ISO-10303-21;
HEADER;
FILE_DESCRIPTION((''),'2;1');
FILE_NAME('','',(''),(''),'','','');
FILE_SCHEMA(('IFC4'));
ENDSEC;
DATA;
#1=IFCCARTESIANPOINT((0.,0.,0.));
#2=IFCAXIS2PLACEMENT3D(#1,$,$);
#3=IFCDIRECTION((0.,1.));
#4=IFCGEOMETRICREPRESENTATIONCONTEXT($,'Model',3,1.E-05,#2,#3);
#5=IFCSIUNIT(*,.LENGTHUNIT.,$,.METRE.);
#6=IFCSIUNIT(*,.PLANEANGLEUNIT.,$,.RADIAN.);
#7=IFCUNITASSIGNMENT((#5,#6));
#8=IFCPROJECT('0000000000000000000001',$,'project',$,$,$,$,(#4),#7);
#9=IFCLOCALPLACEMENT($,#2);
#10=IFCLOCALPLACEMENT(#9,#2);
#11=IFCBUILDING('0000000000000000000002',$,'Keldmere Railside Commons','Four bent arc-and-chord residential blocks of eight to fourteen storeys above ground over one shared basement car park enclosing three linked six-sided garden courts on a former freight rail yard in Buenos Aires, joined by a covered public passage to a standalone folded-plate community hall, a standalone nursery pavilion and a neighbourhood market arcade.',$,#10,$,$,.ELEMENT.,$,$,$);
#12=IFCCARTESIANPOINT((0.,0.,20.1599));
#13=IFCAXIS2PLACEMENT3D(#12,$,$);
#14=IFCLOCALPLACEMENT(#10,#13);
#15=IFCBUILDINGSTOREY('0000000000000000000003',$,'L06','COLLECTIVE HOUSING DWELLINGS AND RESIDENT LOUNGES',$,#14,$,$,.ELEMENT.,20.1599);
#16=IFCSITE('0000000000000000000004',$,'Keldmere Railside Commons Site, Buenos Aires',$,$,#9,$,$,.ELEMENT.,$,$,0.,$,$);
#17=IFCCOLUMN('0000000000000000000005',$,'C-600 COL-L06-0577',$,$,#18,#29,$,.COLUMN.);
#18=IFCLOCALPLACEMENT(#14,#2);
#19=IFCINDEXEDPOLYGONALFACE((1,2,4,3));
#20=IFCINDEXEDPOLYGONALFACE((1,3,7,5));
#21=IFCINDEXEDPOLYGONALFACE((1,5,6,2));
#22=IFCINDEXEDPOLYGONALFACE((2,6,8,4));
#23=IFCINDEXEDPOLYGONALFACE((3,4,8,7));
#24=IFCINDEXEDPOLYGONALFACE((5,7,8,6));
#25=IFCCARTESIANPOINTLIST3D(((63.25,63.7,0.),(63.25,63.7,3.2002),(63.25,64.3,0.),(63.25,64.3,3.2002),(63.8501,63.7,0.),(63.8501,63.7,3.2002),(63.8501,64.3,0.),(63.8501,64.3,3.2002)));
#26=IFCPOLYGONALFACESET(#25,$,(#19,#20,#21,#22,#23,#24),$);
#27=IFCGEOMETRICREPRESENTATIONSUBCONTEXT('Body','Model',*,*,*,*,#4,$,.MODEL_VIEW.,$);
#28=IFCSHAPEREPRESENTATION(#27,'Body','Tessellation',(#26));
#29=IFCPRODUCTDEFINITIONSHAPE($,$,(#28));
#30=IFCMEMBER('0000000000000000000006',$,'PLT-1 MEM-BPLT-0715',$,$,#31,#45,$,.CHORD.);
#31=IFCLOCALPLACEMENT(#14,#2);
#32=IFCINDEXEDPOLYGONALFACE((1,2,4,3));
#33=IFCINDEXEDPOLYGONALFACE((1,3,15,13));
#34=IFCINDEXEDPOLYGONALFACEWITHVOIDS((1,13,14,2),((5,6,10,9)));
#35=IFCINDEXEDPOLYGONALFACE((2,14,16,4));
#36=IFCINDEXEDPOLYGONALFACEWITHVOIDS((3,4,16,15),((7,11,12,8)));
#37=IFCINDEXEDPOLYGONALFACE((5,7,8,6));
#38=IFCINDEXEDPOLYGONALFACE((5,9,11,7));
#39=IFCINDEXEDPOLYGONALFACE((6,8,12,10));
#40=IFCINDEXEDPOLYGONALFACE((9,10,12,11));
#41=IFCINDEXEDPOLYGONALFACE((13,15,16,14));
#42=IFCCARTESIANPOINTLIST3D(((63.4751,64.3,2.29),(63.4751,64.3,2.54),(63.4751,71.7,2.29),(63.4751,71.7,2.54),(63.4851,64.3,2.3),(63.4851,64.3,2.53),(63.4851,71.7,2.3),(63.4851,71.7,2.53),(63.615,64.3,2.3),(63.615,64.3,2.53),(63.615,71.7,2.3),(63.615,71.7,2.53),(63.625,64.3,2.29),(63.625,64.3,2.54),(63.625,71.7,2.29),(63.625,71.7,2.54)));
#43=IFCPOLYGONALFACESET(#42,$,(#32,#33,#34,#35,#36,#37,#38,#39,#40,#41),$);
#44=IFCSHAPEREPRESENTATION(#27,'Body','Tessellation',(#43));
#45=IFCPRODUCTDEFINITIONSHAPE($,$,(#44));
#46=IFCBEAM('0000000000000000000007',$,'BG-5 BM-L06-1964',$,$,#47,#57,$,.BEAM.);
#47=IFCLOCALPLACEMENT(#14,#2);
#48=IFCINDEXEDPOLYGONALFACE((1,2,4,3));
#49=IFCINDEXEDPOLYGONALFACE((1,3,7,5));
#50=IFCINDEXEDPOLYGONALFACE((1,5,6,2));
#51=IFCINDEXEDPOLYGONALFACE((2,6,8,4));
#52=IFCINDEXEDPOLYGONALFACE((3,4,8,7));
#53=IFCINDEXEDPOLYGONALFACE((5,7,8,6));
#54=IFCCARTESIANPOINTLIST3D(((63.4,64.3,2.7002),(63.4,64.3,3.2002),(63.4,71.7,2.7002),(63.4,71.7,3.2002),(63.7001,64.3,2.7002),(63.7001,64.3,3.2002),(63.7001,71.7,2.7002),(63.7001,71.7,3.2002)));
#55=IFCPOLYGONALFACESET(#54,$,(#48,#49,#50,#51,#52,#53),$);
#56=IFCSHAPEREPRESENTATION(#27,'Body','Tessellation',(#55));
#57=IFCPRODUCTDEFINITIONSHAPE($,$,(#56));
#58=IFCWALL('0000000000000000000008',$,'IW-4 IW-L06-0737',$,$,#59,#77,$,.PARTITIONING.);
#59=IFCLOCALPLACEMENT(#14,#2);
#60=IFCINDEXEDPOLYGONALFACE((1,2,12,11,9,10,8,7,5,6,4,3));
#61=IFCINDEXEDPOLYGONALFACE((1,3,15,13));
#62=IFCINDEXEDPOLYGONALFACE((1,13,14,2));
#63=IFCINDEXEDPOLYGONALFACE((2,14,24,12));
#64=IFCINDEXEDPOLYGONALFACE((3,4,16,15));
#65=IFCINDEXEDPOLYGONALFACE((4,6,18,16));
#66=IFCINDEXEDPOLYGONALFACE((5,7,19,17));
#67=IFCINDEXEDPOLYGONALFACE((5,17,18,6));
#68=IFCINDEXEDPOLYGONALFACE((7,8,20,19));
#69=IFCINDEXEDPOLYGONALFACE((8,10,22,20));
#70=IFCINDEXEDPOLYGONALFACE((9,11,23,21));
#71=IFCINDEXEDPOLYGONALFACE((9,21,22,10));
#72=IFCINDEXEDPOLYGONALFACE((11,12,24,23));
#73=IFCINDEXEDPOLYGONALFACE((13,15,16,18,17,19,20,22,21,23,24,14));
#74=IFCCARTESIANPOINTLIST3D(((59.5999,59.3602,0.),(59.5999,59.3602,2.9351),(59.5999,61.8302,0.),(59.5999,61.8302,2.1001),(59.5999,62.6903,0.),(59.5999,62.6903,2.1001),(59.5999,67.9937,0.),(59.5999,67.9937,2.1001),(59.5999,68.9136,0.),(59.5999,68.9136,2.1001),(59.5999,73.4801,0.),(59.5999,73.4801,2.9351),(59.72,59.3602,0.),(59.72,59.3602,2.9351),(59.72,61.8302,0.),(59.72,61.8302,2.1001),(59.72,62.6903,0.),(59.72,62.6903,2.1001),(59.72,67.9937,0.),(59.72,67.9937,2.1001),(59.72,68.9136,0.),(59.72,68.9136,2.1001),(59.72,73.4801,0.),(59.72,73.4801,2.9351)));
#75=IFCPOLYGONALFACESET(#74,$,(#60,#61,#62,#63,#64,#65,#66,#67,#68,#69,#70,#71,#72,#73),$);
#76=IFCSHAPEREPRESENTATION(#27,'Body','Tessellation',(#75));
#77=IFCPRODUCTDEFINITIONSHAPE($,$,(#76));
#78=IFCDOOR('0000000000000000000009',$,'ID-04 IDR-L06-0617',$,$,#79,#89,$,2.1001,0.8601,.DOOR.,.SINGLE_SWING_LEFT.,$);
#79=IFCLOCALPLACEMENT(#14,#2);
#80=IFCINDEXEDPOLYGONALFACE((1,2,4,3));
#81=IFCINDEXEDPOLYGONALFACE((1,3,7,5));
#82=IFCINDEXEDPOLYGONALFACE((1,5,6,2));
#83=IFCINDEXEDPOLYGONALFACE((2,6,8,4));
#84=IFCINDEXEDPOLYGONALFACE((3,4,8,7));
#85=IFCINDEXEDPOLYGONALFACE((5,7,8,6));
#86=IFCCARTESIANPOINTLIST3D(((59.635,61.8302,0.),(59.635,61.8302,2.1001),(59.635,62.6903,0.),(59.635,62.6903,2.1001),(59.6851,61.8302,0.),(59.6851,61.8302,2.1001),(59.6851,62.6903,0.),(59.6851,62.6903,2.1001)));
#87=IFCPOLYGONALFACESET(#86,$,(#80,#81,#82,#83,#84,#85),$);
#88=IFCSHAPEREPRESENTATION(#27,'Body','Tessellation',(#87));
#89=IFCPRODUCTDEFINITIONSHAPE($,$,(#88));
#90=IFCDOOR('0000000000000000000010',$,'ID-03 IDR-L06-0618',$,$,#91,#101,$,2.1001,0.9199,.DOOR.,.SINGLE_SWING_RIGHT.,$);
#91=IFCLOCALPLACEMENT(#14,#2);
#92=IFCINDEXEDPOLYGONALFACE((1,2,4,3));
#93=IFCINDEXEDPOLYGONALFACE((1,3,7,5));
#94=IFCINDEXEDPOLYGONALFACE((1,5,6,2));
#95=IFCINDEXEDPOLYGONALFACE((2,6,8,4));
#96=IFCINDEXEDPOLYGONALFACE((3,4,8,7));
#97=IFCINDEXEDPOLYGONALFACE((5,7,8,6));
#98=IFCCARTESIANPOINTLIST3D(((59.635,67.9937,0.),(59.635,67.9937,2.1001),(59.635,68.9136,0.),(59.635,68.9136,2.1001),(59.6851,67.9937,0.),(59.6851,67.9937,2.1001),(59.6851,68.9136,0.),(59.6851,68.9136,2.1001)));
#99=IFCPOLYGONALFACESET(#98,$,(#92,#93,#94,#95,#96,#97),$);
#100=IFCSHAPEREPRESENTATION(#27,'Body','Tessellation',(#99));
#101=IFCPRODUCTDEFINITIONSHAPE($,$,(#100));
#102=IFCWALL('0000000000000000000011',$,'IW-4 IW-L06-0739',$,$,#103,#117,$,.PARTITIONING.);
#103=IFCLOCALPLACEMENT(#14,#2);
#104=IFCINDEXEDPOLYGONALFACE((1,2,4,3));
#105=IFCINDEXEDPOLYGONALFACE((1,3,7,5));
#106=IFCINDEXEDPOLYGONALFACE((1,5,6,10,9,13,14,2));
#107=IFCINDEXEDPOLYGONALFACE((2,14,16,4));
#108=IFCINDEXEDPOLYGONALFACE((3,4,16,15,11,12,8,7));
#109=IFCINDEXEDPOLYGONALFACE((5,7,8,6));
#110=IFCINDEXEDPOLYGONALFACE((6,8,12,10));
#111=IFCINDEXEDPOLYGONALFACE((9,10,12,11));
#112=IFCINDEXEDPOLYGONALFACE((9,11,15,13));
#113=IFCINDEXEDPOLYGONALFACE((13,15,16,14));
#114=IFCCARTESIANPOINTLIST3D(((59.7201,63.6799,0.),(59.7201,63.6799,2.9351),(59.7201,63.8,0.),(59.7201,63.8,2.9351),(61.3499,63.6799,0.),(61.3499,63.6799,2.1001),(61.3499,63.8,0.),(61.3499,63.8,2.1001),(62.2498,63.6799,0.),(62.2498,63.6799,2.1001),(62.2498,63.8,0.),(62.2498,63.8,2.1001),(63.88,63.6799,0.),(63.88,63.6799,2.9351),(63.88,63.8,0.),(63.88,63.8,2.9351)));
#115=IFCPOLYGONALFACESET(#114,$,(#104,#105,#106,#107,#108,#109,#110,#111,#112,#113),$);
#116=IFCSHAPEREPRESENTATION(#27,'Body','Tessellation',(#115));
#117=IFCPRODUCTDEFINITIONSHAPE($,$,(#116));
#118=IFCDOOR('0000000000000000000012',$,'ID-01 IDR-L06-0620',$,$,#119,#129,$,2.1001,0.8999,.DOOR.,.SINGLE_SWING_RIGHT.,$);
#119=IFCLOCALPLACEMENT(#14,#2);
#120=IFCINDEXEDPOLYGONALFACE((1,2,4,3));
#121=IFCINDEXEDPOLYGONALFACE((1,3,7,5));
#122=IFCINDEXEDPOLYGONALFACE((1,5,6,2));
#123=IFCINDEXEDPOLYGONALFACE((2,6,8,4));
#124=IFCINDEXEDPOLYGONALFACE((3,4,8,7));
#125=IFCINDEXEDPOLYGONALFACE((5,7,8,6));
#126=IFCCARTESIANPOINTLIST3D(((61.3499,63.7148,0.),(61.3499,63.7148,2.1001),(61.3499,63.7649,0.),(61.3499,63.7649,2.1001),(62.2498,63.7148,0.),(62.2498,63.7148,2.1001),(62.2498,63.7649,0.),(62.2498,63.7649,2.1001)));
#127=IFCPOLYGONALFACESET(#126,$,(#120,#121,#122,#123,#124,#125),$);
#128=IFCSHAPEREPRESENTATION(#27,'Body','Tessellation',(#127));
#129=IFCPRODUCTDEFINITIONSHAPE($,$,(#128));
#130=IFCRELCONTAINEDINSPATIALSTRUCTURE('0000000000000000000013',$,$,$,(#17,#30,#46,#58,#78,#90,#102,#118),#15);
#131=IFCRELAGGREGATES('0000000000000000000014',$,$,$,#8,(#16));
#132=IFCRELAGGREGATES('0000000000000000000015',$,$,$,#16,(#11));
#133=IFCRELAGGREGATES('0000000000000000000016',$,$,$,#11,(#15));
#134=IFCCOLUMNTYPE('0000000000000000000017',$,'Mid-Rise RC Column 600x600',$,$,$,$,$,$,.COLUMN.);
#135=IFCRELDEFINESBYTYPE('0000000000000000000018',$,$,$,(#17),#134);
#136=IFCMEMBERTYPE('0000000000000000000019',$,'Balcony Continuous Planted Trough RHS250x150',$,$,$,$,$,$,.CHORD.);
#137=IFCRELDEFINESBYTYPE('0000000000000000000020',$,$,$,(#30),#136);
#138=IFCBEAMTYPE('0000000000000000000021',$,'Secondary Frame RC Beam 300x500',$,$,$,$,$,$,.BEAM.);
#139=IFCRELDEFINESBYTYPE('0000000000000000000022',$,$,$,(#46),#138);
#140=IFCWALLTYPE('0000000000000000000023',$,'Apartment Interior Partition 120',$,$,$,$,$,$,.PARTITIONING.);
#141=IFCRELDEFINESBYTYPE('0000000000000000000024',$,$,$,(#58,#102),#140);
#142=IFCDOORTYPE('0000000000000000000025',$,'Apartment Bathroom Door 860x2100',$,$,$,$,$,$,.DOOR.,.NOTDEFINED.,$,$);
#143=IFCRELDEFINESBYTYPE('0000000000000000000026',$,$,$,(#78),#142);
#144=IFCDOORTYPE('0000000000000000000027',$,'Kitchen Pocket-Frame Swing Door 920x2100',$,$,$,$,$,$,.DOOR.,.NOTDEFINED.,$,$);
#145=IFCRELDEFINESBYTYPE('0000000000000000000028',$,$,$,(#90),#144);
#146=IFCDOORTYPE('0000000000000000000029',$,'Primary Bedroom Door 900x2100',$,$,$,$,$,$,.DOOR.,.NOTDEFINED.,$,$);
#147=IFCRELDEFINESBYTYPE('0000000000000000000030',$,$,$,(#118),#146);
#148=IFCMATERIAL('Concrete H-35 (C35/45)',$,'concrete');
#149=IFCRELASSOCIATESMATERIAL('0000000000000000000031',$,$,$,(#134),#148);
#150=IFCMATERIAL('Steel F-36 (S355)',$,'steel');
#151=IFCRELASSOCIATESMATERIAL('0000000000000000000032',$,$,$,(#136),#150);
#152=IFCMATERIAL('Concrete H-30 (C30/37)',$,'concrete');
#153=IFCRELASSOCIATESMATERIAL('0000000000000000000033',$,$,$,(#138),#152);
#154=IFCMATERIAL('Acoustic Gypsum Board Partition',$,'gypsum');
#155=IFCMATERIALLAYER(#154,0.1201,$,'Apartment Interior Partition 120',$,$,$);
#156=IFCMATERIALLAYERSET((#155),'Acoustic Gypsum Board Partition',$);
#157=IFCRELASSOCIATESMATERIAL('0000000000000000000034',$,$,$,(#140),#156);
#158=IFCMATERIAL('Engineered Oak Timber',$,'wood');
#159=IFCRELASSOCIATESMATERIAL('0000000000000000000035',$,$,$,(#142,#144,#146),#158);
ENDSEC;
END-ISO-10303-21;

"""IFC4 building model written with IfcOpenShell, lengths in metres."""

from ifc_helpers import new_model, si_unit, direction, frame, frame_2d, origin, origin_2d, place, context, subcontext, project, spatial, rectangle, hollow_rectangle, extrude, material, layer, layer_set, material_profile, profile_set, type_object, element, fill, save


model = new_model("IFC4")

# Units and contexts
model_context = context("Model", 3, precision=1e-05, world=origin(), true_north=direction((0.0, 1.0)))
body_context = subcontext(model_context, "Body", "Model", "MODEL_VIEW")
ifc_project = project(units=[si_unit("LENGTHUNIT", "METRE"), si_unit("PLANEANGLEUNIT", "RADIAN")], contexts=[model_context])

# Site, building, storey
site_placement = place(None, origin())
site = spatial("IfcSite", under=ifc_project, at=site_placement, Name="Keldmere Railside Commons Site, Buenos Aires", CompositionType="ELEMENT", RefElevation=0.0)
building_placement = place(site_placement, origin())
building = spatial("IfcBuilding", under=site, at=building_placement, Name="Keldmere Railside Commons", Description="Four bent arc-and-chord residential blocks of eight to fourteen storeys above ground over one shared basement car park enclosing three linked six-sided garden courts on a former freight rail yard in Buenos Aires, joined by a covered public passage to a standalone folded-plate community hall, a standalone nursery pavilion and a neighbourhood market arcade.", CompositionType="ELEMENT")
storey_placement = place(building_placement, frame((0.0, 0.0, 20.1599)))
storey = spatial("IfcBuildingStorey", under=building, at=storey_placement, Name="L06", Description="COLLECTIVE HOUSING DWELLINGS AND RESIDENT LOUNGES", CompositionType="ELEMENT", Elevation=20.1599)

# Column
ifc_material_1 = material(Name="Concrete H-35 (C35/45)", Category="concrete")
ifc_material_profile_1 = material_profile(ifc_material_1, rectangle(XDim=0.6001, YDim=0.6001, at=origin_2d()), Name="RC-600x600")
ifc_profile_set_1 = profile_set([ifc_material_profile_1], Name="Concrete H-35 (C35/45)")
column_type = type_object("IfcColumnType", Name="Mid-Rise RC Column 600x600", PredefinedType="COLUMN", material=ifc_profile_set_1)
column_placement = place(storey_placement, frame((63.55, 64.0, 0.0), z_axis=(0.0, 0.0, 1.0), x_axis=(1.0, 0.0, 0.0)))
element("IfcColumn", 1, at=column_placement, inside=storey, type_object=column_type, Name="C-600 COL-L06-0577", PredefinedType="COLUMN", context=body_context, shape_type="SweptSolid", body=[
    extrude(rectangle(XDim=0.6001, YDim=0.6001, at=origin_2d()), origin(), (0.0, 0.0, 1.0), 3.2002),
])

# Member
ifc_material_2 = material(Name="Steel F-36 (S355)", Category="steel")
ifc_material_profile_2 = material_profile(ifc_material_2, hollow_rectangle(XDim=0.1499, YDim=0.25, WallThickness=0.01, at=origin_2d()), Name="RHS-250x150x10")
ifc_profile_set_2 = profile_set([ifc_material_profile_2], Name="Steel F-36 (S355)")
member_type = type_object("IfcMemberType", Name="Balcony Continuous Planted Trough RHS250x150", PredefinedType="CHORD", material=ifc_profile_set_2)
member_placement = place(storey_placement, frame((63.55, 64.3, 2.415), z_axis=(0.0, 1.0, 0.0), x_axis=(-1.0, 0.0, 0.0)))
element("IfcMember", 2, at=member_placement, inside=storey, type_object=member_type, Name="PLT-1 MEM-BPLT-0715", PredefinedType="CHORD", context=body_context, shape_type="SweptSolid", body=[
    extrude(hollow_rectangle(XDim=0.1499, YDim=0.25, WallThickness=0.01, at=origin_2d()), origin(), (0.0, 0.0, 1.0), 7.3999),
])

# Beam
ifc_material_3 = material(Name="Concrete H-30 (C30/37)", Category="concrete")
ifc_material_profile_3 = material_profile(ifc_material_3, rectangle(XDim=0.3, YDim=0.5, at=origin_2d()), Name="RC-300x500")
ifc_profile_set_3 = profile_set([ifc_material_profile_3], Name="Concrete H-30 (C30/37)")
beam_type = type_object("IfcBeamType", Name="Secondary Frame RC Beam 300x500", PredefinedType="BEAM", material=ifc_profile_set_3)
beam_placement = place(storey_placement, frame((63.55, 64.3, 2.9502), z_axis=(0.0, 1.0, 0.0), x_axis=(-1.0, 0.0, 0.0)))
element("IfcBeam", 3, at=beam_placement, inside=storey, type_object=beam_type, Name="BG-5 BM-L06-1964", PredefinedType="BEAM", context=body_context, shape_type="SweptSolid", body=[
    extrude(rectangle(XDim=0.3, YDim=0.5, at=origin_2d()), origin(), (0.0, 0.0, 1.0), 7.3999),
])

# Wall, openings, doors
ifc_material_4 = material(Name="Acoustic Gypsum Board Partition", Category="gypsum")
ifc_layer_1 = layer(ifc_material_4, 0.1201, Name="Apartment Interior Partition 120")
ifc_layer_set_1 = layer_set([ifc_layer_1], Name="Acoustic Gypsum Board Partition")
wall_type_1 = type_object("IfcWallType", Name="Apartment Interior Partition 120", PredefinedType="PARTITIONING", material=ifc_layer_set_1)
wall_1_placement = place(storey_placement, frame((59.6599, 59.3601, 0.0), z_axis=(0.0, 0.0, 1.0), x_axis=(0.0, 1.0, 0.0)))
wall_1 = element("IfcWall", 4, at=wall_1_placement, inside=storey, type_object=wall_type_1, Name="IW-4 IW-L06-0737", PredefinedType="PARTITIONING", context=body_context, shape_type="SweptSolid", body=[
    extrude(rectangle(XDim=14.1199, YDim=0.1201, at=frame_2d((7.0601, 0.0))), origin(), (0.0, 0.0, 1.0), 2.9351),
])
opening_1_placement = place(wall_1_placement, frame((2.47, 0.0, 0.0)))
opening_1 = element("IfcOpeningElement", 5, at=opening_1_placement, cuts=wall_1, PredefinedType="OPENING", context=body_context, shape_type="SweptSolid", body=[
    extrude(rectangle(XDim=0.8601, YDim=2.1001, at=frame_2d((0.4302, 1.05))), frame((0.0, 0.0701, 0.0), z_axis=(0.0, -1.0, 0.0), x_axis=(1.0, 0.0, 0.0)), (0.0, 0.0, 1.0), 0.1401),
])
opening_2_placement = place(wall_1_placement, frame((8.6335, 0.0, 0.0)))
opening_2 = element("IfcOpeningElement", 6, at=opening_2_placement, cuts=wall_1, PredefinedType="OPENING", context=body_context, shape_type="SweptSolid", body=[
    extrude(rectangle(XDim=0.9199, YDim=2.1001, at=frame_2d((0.46, 1.05))), frame((0.0, 0.0701, 0.0), z_axis=(0.0, -1.0, 0.0), x_axis=(1.0, 0.0, 0.0)), (0.0, 0.0, 1.0), 0.1401),
])
ifc_material_5 = material(Name="Engineered Oak Timber", Category="wood")
door_type_1 = type_object("IfcDoorType", Name="Apartment Bathroom Door 860x2100", OperationType="NOTDEFINED", PredefinedType="DOOR", material=ifc_material_5)
door_1_placement = place(opening_1_placement, origin())
door_1 = element("IfcDoor", 7, at=door_1_placement, inside=storey, type_object=door_type_1, Name="ID-04 IDR-L06-0617", OperationType="SINGLE_SWING_LEFT", OverallHeight=2.1001, OverallWidth=0.8601, PredefinedType="DOOR", context=body_context, shape_type="SweptSolid", body=[
    extrude(rectangle(XDim=0.8601, YDim=2.1001, at=frame_2d((0.4302, 1.05))), frame((0.0, 0.0249, 0.0), z_axis=(0.0, -1.0, 0.0), x_axis=(1.0, 0.0, 0.0)), (0.0, 0.0, 1.0), 0.05),
])
fill(opening_1, door_1)
door_type_2 = type_object("IfcDoorType", Name="Kitchen Pocket-Frame Swing Door 920x2100", OperationType="NOTDEFINED", PredefinedType="DOOR", material=ifc_material_5)
door_2_placement = place(opening_2_placement, origin())
door_2 = element("IfcDoor", 8, at=door_2_placement, inside=storey, type_object=door_type_2, Name="ID-03 IDR-L06-0618", OperationType="SINGLE_SWING_RIGHT", OverallHeight=2.1001, OverallWidth=0.9199, PredefinedType="DOOR", context=body_context, shape_type="SweptSolid", body=[
    extrude(rectangle(XDim=0.9199, YDim=2.1001, at=frame_2d((0.46, 1.05))), frame((0.0, 0.0249, 0.0), z_axis=(0.0, -1.0, 0.0), x_axis=(1.0, 0.0, 0.0)), (0.0, 0.0, 1.0), 0.05),
])
fill(opening_2, door_2)

# Wall, opening, door
wall_2_placement = place(storey_placement, frame((59.72, 63.74, 0.0), z_axis=(0.0, 0.0, 1.0), x_axis=(1.0, 0.0, 0.0)))
wall_2 = element("IfcWall", 9, at=wall_2_placement, inside=storey, type_object=wall_type_1, Name="IW-4 IW-L06-0739", PredefinedType="PARTITIONING", context=body_context, shape_type="SweptSolid", body=[
    extrude(rectangle(XDim=4.1599, YDim=0.1201, at=frame_2d((2.0801, 0.0))), origin(), (0.0, 0.0, 1.0), 2.9351),
])
opening_3_placement = place(wall_2_placement, frame((1.6299, 0.0, 0.0)))
opening_3 = element("IfcOpeningElement", 10, at=opening_3_placement, cuts=wall_2, PredefinedType="OPENING", context=body_context, shape_type="SweptSolid", body=[
    extrude(rectangle(XDim=0.8999, YDim=2.1001, at=frame_2d((0.45, 1.05))), frame((0.0, 0.0701, 0.0), z_axis=(0.0, -1.0, 0.0), x_axis=(1.0, 0.0, 0.0)), (0.0, 0.0, 1.0), 0.1401),
])
door_type_3 = type_object("IfcDoorType", Name="Primary Bedroom Door 900x2100", OperationType="NOTDEFINED", PredefinedType="DOOR", material=ifc_material_5)
door_3_placement = place(opening_3_placement, origin())
door_3 = element("IfcDoor", 11, at=door_3_placement, inside=storey, type_object=door_type_3, Name="ID-01 IDR-L06-0620", OperationType="SINGLE_SWING_RIGHT", OverallHeight=2.1001, OverallWidth=0.8999, PredefinedType="DOOR", context=body_context, shape_type="SweptSolid", body=[
    extrude(rectangle(XDim=0.8999, YDim=2.1001, at=frame_2d((0.45, 1.05))), frame((0.0, 0.0249, 0.0), z_axis=(0.0, -1.0, 0.0), x_axis=(1.0, 0.0, 0.0)), (0.0, 0.0, 1.0), 0.05),
])
fill(opening_3, door_3)

save(model, "model.ifc")
